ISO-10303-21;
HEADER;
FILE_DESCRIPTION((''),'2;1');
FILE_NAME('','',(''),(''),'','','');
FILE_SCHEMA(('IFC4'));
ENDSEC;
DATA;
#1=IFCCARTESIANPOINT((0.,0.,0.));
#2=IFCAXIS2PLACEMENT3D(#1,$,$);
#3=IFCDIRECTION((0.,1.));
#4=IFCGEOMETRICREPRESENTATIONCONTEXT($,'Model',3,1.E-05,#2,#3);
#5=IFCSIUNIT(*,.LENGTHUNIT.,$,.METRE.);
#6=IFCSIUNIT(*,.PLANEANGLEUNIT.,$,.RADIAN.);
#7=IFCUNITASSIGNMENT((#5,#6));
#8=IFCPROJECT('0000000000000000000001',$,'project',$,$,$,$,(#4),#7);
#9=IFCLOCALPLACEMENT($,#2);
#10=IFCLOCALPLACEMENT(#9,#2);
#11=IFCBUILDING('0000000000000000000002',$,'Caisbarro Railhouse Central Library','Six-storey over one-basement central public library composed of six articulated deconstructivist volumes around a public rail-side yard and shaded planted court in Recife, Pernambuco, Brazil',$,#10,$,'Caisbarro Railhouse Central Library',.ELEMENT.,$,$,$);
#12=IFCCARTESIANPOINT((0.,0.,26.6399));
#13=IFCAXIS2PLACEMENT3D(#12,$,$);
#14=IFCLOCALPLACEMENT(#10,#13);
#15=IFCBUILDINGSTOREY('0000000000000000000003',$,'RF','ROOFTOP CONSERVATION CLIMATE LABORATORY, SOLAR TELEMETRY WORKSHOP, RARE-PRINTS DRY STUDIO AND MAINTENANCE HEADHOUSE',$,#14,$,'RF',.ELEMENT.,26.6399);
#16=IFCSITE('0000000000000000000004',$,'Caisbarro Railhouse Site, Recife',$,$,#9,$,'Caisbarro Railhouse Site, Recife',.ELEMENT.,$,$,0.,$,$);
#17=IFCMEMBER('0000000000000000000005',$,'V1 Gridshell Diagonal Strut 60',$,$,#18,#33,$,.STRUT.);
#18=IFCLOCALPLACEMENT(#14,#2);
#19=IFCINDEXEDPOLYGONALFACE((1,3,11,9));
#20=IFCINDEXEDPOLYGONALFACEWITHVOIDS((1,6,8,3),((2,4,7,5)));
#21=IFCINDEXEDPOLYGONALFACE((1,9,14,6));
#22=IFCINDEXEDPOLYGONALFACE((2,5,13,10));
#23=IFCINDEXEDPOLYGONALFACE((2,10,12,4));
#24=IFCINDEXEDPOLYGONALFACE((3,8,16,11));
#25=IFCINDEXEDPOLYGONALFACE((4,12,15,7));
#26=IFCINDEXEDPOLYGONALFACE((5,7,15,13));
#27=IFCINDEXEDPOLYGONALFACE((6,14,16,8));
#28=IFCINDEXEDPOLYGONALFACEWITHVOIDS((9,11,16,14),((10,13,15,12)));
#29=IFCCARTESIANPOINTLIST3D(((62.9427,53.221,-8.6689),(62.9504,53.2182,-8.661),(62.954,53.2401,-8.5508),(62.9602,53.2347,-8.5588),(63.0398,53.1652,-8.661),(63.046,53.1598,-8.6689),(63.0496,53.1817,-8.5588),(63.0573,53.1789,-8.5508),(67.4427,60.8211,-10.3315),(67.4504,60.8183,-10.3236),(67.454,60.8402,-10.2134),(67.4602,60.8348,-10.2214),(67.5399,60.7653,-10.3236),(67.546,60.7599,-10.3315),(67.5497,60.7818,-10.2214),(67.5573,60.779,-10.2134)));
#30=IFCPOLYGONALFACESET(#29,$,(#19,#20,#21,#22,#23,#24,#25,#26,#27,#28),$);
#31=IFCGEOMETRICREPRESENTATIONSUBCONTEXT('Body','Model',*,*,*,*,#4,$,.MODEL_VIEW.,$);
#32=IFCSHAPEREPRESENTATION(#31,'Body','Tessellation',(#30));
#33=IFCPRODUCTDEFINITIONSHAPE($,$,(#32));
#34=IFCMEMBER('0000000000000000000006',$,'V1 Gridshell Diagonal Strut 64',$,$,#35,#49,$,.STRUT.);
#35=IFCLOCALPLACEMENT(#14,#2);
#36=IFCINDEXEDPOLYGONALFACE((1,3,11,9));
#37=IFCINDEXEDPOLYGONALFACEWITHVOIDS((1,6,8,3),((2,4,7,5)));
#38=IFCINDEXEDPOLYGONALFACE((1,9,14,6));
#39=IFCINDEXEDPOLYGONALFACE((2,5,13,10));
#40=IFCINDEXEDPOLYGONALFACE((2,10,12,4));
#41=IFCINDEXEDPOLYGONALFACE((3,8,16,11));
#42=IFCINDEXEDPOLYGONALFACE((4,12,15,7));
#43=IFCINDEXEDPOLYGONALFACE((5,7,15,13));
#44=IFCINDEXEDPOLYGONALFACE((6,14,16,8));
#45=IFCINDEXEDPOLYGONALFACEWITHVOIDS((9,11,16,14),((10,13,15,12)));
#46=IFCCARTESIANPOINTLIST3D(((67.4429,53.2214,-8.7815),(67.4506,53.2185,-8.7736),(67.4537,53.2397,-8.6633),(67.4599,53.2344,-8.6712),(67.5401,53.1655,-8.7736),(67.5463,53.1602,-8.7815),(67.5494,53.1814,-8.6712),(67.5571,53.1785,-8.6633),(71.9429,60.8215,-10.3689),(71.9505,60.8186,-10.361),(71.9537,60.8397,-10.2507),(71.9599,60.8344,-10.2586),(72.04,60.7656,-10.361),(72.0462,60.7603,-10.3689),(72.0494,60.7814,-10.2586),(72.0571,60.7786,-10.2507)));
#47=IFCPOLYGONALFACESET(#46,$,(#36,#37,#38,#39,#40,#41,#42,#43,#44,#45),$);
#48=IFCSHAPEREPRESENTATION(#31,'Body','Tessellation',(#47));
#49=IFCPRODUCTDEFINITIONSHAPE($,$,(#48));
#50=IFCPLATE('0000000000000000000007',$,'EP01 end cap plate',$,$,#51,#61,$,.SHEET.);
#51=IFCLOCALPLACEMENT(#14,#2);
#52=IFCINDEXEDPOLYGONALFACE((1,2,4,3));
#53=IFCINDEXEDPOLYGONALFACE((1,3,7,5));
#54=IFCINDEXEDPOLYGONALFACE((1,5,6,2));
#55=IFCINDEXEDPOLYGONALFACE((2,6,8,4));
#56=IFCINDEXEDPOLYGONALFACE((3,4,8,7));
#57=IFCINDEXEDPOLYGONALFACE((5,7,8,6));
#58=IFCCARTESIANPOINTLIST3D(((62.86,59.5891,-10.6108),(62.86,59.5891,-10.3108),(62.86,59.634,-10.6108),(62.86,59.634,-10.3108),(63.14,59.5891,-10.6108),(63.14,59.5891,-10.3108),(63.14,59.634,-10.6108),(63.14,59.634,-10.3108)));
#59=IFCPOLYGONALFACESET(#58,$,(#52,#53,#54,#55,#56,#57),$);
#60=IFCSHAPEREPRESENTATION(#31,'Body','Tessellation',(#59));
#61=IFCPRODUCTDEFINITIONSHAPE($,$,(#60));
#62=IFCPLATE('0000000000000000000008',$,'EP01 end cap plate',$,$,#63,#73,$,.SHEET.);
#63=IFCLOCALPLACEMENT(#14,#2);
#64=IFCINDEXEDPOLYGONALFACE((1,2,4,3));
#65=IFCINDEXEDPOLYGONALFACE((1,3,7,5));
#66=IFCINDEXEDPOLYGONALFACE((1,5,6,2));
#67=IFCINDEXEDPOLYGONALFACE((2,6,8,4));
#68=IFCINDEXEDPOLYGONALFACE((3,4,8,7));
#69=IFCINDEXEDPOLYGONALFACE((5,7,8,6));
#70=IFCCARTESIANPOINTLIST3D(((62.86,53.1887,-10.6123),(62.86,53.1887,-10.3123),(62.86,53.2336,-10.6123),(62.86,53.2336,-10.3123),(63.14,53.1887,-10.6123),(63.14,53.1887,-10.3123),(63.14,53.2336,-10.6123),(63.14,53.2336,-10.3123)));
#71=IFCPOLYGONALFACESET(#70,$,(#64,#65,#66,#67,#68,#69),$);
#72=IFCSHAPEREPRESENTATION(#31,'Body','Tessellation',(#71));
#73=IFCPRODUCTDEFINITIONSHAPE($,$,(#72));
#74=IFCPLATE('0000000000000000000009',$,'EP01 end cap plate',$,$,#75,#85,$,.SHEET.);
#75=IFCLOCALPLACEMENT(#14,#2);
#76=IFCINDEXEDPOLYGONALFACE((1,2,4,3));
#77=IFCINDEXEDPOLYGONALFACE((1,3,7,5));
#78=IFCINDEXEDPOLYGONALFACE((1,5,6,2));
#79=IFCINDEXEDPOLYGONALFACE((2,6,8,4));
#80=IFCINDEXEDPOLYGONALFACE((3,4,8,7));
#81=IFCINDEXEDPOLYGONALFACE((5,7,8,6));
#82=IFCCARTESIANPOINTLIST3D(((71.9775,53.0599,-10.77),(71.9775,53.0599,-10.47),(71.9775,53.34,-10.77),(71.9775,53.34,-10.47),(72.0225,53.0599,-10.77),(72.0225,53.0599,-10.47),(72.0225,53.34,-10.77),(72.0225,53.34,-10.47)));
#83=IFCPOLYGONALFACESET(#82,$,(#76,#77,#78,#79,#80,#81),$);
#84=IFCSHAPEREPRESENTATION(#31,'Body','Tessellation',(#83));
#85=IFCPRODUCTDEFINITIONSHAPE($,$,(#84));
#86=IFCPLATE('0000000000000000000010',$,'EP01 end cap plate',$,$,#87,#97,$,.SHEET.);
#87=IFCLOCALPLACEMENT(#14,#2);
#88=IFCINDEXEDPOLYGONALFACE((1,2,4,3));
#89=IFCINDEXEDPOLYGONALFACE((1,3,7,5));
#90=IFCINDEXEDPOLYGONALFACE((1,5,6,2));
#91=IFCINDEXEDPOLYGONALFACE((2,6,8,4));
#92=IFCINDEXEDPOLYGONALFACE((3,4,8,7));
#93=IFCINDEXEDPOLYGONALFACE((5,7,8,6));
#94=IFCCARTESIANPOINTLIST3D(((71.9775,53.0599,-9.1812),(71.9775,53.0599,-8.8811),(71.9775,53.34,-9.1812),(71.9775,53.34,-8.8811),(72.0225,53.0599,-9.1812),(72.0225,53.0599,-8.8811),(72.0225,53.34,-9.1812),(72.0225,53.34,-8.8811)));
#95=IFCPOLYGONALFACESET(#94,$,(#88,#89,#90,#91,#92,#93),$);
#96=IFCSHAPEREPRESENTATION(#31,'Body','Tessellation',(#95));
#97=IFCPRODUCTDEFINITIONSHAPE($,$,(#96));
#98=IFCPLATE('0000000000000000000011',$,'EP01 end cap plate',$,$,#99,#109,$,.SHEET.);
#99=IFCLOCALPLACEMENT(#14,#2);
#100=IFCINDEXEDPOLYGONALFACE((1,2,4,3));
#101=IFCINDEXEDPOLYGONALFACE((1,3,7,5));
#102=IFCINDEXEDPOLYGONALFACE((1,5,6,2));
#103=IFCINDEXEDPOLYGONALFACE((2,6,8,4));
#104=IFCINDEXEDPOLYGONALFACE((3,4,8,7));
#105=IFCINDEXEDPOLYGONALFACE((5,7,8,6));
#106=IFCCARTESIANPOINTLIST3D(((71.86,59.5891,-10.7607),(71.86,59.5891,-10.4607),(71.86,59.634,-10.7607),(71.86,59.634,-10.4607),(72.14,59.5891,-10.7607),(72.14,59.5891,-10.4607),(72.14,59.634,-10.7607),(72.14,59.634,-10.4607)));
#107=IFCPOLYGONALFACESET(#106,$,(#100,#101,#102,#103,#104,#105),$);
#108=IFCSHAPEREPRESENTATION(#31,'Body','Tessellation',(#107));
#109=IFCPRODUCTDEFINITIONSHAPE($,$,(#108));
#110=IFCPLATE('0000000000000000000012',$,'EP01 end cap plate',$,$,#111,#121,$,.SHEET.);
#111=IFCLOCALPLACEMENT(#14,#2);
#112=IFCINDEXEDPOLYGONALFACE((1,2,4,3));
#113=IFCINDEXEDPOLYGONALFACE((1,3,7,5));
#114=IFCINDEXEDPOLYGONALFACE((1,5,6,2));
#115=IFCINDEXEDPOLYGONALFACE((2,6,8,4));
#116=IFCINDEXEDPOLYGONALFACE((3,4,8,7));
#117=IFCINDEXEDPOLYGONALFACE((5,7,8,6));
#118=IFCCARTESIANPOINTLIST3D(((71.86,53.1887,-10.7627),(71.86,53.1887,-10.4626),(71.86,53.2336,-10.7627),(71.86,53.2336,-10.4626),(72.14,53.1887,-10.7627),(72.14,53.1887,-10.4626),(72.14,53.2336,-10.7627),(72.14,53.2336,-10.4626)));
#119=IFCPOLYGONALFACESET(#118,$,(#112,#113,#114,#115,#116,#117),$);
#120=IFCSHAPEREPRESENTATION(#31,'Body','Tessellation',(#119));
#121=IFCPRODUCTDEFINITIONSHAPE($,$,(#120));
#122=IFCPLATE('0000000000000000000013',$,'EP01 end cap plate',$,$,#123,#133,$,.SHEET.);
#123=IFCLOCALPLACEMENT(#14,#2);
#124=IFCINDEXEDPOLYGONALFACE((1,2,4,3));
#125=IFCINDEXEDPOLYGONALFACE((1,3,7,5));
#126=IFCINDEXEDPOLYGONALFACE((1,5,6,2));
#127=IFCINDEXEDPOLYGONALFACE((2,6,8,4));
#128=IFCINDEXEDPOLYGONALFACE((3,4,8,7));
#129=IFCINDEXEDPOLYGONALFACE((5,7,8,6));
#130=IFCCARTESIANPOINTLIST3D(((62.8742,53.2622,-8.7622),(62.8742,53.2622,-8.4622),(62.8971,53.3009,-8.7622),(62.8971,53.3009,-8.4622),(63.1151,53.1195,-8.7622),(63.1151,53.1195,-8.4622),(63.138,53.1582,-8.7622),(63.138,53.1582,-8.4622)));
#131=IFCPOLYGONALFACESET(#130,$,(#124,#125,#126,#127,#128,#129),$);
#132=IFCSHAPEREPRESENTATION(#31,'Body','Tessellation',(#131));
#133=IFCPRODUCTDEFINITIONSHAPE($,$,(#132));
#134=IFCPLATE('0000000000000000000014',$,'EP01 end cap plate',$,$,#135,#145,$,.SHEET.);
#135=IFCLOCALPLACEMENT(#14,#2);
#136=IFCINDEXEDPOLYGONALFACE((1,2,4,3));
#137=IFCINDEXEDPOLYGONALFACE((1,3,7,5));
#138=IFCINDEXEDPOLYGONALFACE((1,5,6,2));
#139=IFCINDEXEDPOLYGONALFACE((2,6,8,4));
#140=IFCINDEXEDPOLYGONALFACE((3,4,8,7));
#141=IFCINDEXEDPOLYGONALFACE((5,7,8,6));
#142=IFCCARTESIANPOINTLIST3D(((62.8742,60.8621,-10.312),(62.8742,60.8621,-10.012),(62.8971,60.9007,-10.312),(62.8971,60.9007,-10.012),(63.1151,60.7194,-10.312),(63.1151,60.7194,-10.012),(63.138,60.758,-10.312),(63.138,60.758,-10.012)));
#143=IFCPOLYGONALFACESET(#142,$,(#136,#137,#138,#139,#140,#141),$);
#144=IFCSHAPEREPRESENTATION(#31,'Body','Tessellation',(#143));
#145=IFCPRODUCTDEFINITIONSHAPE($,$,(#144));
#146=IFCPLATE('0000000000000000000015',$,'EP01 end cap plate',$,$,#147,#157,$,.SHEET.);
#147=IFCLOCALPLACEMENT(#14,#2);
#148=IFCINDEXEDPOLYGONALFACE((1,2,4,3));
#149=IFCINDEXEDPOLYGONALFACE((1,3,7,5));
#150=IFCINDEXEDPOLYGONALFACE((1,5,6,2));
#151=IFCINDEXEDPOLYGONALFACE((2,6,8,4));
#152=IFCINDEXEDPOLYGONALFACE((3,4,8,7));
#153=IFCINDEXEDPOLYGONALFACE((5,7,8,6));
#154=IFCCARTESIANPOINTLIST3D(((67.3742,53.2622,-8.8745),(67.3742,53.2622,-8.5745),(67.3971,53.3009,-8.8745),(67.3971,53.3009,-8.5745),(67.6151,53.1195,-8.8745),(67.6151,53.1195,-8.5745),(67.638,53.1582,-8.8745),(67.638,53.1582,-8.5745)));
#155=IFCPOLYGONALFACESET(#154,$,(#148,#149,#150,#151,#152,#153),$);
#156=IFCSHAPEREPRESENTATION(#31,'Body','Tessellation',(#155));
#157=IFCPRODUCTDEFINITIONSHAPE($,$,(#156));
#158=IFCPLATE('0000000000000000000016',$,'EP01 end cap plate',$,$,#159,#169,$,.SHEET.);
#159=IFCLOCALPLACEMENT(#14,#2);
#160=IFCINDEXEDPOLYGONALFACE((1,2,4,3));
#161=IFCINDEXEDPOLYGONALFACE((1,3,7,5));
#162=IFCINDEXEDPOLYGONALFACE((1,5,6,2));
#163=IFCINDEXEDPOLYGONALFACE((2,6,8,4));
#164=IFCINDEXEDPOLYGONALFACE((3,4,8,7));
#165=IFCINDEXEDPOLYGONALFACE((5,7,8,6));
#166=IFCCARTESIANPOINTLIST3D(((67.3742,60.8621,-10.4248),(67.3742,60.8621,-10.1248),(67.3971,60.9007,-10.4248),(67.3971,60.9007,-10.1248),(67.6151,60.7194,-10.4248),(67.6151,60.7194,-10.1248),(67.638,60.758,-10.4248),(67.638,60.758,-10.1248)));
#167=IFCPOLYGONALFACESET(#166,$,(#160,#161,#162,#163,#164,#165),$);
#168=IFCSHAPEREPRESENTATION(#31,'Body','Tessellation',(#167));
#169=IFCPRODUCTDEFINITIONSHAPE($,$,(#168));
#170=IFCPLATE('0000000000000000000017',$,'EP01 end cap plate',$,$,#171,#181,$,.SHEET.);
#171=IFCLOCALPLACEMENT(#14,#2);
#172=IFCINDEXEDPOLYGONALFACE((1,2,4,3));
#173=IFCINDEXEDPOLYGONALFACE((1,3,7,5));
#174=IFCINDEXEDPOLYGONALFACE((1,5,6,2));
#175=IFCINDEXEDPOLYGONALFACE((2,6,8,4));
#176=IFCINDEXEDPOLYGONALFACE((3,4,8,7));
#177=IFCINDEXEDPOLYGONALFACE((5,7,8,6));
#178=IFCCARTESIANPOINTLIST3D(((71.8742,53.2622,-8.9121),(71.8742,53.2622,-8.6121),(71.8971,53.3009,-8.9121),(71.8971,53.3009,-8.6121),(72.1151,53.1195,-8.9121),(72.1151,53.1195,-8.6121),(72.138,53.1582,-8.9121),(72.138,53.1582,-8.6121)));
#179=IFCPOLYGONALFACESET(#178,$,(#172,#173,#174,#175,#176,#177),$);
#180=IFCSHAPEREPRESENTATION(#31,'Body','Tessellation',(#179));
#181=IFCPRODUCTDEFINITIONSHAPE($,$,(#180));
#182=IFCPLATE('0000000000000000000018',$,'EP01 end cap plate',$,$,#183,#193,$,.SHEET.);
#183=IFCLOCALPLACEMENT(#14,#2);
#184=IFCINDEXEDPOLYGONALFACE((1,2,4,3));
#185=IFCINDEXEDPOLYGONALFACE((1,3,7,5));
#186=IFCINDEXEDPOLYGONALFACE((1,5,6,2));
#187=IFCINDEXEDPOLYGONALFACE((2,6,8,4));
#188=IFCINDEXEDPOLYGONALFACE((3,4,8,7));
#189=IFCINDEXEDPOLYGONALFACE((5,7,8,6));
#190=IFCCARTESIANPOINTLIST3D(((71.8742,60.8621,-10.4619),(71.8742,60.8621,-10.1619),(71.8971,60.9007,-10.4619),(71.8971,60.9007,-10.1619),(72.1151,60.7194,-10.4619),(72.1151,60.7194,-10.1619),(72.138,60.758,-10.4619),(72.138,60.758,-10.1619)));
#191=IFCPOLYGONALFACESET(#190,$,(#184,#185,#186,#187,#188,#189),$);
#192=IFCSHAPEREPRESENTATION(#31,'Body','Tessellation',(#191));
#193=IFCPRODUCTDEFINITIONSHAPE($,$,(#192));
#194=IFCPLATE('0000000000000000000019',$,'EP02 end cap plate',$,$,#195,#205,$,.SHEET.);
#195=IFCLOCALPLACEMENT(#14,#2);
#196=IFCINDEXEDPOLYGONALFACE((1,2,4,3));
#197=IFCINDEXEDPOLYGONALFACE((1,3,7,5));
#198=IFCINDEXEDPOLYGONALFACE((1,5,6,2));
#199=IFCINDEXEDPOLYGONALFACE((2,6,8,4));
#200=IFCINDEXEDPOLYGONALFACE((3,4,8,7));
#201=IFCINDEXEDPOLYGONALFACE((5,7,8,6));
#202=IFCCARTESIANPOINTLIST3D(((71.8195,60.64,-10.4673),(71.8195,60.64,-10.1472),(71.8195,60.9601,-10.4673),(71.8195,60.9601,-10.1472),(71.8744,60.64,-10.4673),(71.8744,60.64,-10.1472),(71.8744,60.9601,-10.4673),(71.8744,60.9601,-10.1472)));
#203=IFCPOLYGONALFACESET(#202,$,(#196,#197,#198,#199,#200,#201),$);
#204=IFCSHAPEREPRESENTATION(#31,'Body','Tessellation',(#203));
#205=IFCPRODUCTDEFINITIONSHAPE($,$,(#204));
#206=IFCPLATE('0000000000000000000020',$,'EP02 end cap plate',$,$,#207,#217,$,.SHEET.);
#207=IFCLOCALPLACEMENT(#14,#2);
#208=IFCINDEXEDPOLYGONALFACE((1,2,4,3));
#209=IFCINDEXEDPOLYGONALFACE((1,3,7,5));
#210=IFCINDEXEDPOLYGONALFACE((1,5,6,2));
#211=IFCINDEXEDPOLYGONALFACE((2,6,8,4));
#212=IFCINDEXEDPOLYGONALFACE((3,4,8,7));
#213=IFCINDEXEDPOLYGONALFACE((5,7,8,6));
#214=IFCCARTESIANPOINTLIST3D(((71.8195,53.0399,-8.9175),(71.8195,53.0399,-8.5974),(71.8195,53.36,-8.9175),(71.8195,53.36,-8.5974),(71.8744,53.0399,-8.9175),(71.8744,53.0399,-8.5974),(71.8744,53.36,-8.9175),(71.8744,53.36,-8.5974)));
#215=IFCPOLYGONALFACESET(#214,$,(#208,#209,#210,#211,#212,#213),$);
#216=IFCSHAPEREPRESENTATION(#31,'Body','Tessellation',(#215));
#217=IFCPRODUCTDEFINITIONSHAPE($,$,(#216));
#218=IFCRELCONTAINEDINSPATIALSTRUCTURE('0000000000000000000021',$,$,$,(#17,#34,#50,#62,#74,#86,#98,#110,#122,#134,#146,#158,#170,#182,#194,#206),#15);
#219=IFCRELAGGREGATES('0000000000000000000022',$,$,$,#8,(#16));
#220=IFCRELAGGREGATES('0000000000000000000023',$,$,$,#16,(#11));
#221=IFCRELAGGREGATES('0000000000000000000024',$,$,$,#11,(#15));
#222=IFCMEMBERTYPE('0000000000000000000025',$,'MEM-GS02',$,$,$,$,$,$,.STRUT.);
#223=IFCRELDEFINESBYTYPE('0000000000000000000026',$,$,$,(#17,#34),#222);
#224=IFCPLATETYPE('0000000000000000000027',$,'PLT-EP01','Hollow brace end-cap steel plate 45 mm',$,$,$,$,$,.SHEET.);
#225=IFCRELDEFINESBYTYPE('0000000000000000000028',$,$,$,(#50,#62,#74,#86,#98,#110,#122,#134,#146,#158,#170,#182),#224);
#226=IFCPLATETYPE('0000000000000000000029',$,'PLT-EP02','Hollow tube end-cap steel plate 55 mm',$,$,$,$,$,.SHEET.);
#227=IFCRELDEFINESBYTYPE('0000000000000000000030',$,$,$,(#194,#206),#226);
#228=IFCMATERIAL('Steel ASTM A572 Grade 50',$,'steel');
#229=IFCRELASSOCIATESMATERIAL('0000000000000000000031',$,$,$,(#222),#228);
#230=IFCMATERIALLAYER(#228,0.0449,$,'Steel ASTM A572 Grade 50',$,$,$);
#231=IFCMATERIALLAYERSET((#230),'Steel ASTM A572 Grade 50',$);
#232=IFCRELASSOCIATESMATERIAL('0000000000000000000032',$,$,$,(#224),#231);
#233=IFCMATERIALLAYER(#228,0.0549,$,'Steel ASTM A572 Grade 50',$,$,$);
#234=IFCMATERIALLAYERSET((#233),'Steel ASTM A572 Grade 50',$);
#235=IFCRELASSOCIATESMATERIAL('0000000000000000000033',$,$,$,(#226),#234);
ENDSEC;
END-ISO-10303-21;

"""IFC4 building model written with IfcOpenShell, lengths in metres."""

from ifc_helpers import new_model, si_unit, direction, frame, origin, origin_2d, place, context, subcontext, project, spatial, rectangle, hollow_rectangle, extrude, material, layer, layer_set, material_profile, profile_set, type_object, element, save


model = new_model("IFC4")

# Units and contexts
model_context = context("Model", 3, precision=1e-05, world=origin(), true_north=direction((0.0, 1.0)))
body_context = subcontext(model_context, "Body", "Model", "MODEL_VIEW")
ifc_project = project(units=[si_unit("LENGTHUNIT", "METRE"), si_unit("PLANEANGLEUNIT", "RADIAN")], contexts=[model_context])

# Site, building, storey
site_placement = place(None, origin())
site = spatial("IfcSite", under=ifc_project, at=site_placement, Name="Caisbarro Railhouse Site, Recife", LongName="Caisbarro Railhouse Site, Recife", CompositionType="ELEMENT", RefElevation=0.0)
building_placement = place(site_placement, origin())
building = spatial("IfcBuilding", under=site, at=building_placement, Name="Caisbarro Railhouse Central Library", Description="Six-storey over one-basement central public library composed of six articulated deconstructivist volumes around a public rail-side yard and shaded planted court in Recife, Pernambuco, Brazil", LongName="Caisbarro Railhouse Central Library", CompositionType="ELEMENT")
storey_placement = place(building_placement, frame((0.0, 0.0, 26.6399)))
storey = spatial("IfcBuildingStorey", under=building, at=storey_placement, Name="RF", Description="ROOFTOP CONSERVATION CLIMATE LABORATORY, SOLAR TELEMETRY WORKSHOP, RARE-PRINTS DRY STUDIO AND MAINTENANCE HEADHOUSE", LongName="RF", CompositionType="ELEMENT", Elevation=26.6399)

# Shared definitions
ifc_material = material(Name="Steel ASTM A572 Grade 50", Category="steel")

# Members
ifc_material_profile_1 = material_profile(ifc_material, hollow_rectangle(XDim=0.1201, YDim=0.1201, WallThickness=0.0081, at=origin_2d()), Name="HSS120X120X8")
ifc_profile_set_1 = profile_set([ifc_material_profile_1], Name="Steel ASTM A572 Grade 50")
member_type_1 = type_object("IfcMemberType", Name="MEM-GS02", PredefinedType="STRUT", material=ifc_profile_set_1)
member_1_placement = place(storey_placement, frame((63.0, 53.2, -8.6099), z_axis=(0.500694, 0.845627, -0.184989), x_axis=(-0.860478, 0.509487, 0.0)))
element("IfcMember", 1, at=member_1_placement, inside=storey, type_object=member_type_1, Name="V1 Gridshell Diagonal Strut 60", PredefinedType="STRUT", context=body_context, shape_type="SweptSolid", body=[
    extrude(hollow_rectangle(XDim=0.1201, YDim=0.1201, WallThickness=0.0081, at=origin_2d()), origin(), (0.0, 0.0, 1.0), 8.9875),
])
member_2_placement = place(storey_placement, frame((67.5, 53.2, -8.7224), z_axis=(0.501453, 0.846909, -0.176891), x_axis=(-0.860478, 0.509487, 0.0)))
element("IfcMember", 2, at=member_2_placement, inside=storey, type_object=member_type_1, Name="V1 Gridshell Diagonal Strut 64", PredefinedType="STRUT", context=body_context, shape_type="SweptSolid", body=[
    extrude(hollow_rectangle(XDim=0.1201, YDim=0.1201, WallThickness=0.0081, at=origin_2d()), origin(), (0.0, 0.0, 1.0), 8.9739),
])

# Plates
ifc_layer_1 = layer(ifc_material, 0.0449, Name="Steel ASTM A572 Grade 50")
ifc_layer_set_1 = layer_set([ifc_layer_1], Name="Steel ASTM A572 Grade 50")
plate_type_1 = type_object("IfcPlateType", Name="PLT-EP01", Description="Hollow brace end-cap steel plate 45 mm", PredefinedType="SHEET", material=ifc_layer_set_1)
for number, where, z_axis, x_axis, name in (
    (3, (63.0, 59.6116, -10.6108), (0.0, 0.0, 1.0), (0.0, -1.0, 0.0), "EP01 end cap plate"),
    (4, (63.0, 53.2112, -10.6123), (0.0, 0.0, 1.0), (0.0, -1.0, 0.0), "EP01 end cap plate"),
    (5, (72.0, 53.2, -10.77), (0.0, 0.0, 1.0), (1.0, 0.0, 0.0), "EP01 end cap plate"),
    (6, (72.0, 53.2, -9.1812), (0.0, 0.0, 1.0), (1.0, 0.0, 0.0), "EP01 end cap plate"),
    (7, (72.0, 59.6116, -10.7607), (0.0, 0.0, 1.0), (0.0, -1.0, 0.0), "EP01 end cap plate"),
    (8, (72.0, 53.2112, -10.7627), (0.0, 0.0, 1.0), (0.0, -1.0, 0.0), "EP01 end cap plate"),
    (9, (63.0061, 53.2102, -8.7622), (0.0, 0.0, 1.0), (0.509492, 0.860475, 0.0), "EP01 end cap plate"),
    (10, (63.0061, 60.8101, -10.312), (0.0, 0.0, 1.0), (0.509492, 0.860475, 0.0), "EP01 end cap plate"),
    (11, (67.5061, 53.2102, -8.8745), (0.0, 0.0, 1.0), (0.509492, 0.860475, 0.0), "EP01 end cap plate"),
    (12, (67.5061, 60.8101, -10.4248), (0.0, 0.0, 1.0), (0.509492, 0.860475, 0.0), "EP01 end cap plate"),
    (13, (72.0061, 53.2102, -8.9121), (0.0, 0.0, 1.0), (0.509492, 0.860475, 0.0), "EP01 end cap plate"),
    (14, (72.0061, 60.8101, -10.4619), (0.0, 0.0, 1.0), (0.509492, 0.860475, 0.0), "EP01 end cap plate"),
):
    element("IfcPlate", number, at=place(storey_placement, frame(where, z_axis=z_axis, x_axis=x_axis)), inside=storey, type_object=plate_type_1, Name=name, PredefinedType="SHEET", context=body_context, shape_type="SweptSolid", body=[
        extrude(rectangle(XDim=0.0449, YDim=0.28, at=origin_2d()), origin(), (0.0, 0.0, 1.0), 0.3),
    ])
ifc_layer_2 = layer(ifc_material, 0.0549, Name="Steel ASTM A572 Grade 50")
ifc_layer_set_2 = layer_set([ifc_layer_2], Name="Steel ASTM A572 Grade 50")
plate_type_2 = type_object("IfcPlateType", Name="PLT-EP02", Description="Hollow tube end-cap steel plate 55 mm", PredefinedType="SHEET", material=ifc_layer_set_2)
for number, where, z_axis, x_axis, name in (
    (15, (71.8469, 60.8, -10.4673), (0.0, 0.0, 1.0), (1.0, 0.0, 0.0), "EP02 end cap plate"),
    (16, (71.8469, 53.2, -8.9175), (0.0, 0.0, 1.0), (1.0, 0.0, 0.0), "EP02 end cap plate"),
):
    element("IfcPlate", number, at=place(storey_placement, frame(where, z_axis=z_axis, x_axis=x_axis)), inside=storey, type_object=plate_type_2, Name=name, PredefinedType="SHEET", context=body_context, shape_type="SweptSolid", body=[
        extrude(rectangle(XDim=0.0549, YDim=0.3201, at=origin_2d()), origin(), (0.0, 0.0, 1.0), 0.3201),
    ])

save(model, "model.ifc")
